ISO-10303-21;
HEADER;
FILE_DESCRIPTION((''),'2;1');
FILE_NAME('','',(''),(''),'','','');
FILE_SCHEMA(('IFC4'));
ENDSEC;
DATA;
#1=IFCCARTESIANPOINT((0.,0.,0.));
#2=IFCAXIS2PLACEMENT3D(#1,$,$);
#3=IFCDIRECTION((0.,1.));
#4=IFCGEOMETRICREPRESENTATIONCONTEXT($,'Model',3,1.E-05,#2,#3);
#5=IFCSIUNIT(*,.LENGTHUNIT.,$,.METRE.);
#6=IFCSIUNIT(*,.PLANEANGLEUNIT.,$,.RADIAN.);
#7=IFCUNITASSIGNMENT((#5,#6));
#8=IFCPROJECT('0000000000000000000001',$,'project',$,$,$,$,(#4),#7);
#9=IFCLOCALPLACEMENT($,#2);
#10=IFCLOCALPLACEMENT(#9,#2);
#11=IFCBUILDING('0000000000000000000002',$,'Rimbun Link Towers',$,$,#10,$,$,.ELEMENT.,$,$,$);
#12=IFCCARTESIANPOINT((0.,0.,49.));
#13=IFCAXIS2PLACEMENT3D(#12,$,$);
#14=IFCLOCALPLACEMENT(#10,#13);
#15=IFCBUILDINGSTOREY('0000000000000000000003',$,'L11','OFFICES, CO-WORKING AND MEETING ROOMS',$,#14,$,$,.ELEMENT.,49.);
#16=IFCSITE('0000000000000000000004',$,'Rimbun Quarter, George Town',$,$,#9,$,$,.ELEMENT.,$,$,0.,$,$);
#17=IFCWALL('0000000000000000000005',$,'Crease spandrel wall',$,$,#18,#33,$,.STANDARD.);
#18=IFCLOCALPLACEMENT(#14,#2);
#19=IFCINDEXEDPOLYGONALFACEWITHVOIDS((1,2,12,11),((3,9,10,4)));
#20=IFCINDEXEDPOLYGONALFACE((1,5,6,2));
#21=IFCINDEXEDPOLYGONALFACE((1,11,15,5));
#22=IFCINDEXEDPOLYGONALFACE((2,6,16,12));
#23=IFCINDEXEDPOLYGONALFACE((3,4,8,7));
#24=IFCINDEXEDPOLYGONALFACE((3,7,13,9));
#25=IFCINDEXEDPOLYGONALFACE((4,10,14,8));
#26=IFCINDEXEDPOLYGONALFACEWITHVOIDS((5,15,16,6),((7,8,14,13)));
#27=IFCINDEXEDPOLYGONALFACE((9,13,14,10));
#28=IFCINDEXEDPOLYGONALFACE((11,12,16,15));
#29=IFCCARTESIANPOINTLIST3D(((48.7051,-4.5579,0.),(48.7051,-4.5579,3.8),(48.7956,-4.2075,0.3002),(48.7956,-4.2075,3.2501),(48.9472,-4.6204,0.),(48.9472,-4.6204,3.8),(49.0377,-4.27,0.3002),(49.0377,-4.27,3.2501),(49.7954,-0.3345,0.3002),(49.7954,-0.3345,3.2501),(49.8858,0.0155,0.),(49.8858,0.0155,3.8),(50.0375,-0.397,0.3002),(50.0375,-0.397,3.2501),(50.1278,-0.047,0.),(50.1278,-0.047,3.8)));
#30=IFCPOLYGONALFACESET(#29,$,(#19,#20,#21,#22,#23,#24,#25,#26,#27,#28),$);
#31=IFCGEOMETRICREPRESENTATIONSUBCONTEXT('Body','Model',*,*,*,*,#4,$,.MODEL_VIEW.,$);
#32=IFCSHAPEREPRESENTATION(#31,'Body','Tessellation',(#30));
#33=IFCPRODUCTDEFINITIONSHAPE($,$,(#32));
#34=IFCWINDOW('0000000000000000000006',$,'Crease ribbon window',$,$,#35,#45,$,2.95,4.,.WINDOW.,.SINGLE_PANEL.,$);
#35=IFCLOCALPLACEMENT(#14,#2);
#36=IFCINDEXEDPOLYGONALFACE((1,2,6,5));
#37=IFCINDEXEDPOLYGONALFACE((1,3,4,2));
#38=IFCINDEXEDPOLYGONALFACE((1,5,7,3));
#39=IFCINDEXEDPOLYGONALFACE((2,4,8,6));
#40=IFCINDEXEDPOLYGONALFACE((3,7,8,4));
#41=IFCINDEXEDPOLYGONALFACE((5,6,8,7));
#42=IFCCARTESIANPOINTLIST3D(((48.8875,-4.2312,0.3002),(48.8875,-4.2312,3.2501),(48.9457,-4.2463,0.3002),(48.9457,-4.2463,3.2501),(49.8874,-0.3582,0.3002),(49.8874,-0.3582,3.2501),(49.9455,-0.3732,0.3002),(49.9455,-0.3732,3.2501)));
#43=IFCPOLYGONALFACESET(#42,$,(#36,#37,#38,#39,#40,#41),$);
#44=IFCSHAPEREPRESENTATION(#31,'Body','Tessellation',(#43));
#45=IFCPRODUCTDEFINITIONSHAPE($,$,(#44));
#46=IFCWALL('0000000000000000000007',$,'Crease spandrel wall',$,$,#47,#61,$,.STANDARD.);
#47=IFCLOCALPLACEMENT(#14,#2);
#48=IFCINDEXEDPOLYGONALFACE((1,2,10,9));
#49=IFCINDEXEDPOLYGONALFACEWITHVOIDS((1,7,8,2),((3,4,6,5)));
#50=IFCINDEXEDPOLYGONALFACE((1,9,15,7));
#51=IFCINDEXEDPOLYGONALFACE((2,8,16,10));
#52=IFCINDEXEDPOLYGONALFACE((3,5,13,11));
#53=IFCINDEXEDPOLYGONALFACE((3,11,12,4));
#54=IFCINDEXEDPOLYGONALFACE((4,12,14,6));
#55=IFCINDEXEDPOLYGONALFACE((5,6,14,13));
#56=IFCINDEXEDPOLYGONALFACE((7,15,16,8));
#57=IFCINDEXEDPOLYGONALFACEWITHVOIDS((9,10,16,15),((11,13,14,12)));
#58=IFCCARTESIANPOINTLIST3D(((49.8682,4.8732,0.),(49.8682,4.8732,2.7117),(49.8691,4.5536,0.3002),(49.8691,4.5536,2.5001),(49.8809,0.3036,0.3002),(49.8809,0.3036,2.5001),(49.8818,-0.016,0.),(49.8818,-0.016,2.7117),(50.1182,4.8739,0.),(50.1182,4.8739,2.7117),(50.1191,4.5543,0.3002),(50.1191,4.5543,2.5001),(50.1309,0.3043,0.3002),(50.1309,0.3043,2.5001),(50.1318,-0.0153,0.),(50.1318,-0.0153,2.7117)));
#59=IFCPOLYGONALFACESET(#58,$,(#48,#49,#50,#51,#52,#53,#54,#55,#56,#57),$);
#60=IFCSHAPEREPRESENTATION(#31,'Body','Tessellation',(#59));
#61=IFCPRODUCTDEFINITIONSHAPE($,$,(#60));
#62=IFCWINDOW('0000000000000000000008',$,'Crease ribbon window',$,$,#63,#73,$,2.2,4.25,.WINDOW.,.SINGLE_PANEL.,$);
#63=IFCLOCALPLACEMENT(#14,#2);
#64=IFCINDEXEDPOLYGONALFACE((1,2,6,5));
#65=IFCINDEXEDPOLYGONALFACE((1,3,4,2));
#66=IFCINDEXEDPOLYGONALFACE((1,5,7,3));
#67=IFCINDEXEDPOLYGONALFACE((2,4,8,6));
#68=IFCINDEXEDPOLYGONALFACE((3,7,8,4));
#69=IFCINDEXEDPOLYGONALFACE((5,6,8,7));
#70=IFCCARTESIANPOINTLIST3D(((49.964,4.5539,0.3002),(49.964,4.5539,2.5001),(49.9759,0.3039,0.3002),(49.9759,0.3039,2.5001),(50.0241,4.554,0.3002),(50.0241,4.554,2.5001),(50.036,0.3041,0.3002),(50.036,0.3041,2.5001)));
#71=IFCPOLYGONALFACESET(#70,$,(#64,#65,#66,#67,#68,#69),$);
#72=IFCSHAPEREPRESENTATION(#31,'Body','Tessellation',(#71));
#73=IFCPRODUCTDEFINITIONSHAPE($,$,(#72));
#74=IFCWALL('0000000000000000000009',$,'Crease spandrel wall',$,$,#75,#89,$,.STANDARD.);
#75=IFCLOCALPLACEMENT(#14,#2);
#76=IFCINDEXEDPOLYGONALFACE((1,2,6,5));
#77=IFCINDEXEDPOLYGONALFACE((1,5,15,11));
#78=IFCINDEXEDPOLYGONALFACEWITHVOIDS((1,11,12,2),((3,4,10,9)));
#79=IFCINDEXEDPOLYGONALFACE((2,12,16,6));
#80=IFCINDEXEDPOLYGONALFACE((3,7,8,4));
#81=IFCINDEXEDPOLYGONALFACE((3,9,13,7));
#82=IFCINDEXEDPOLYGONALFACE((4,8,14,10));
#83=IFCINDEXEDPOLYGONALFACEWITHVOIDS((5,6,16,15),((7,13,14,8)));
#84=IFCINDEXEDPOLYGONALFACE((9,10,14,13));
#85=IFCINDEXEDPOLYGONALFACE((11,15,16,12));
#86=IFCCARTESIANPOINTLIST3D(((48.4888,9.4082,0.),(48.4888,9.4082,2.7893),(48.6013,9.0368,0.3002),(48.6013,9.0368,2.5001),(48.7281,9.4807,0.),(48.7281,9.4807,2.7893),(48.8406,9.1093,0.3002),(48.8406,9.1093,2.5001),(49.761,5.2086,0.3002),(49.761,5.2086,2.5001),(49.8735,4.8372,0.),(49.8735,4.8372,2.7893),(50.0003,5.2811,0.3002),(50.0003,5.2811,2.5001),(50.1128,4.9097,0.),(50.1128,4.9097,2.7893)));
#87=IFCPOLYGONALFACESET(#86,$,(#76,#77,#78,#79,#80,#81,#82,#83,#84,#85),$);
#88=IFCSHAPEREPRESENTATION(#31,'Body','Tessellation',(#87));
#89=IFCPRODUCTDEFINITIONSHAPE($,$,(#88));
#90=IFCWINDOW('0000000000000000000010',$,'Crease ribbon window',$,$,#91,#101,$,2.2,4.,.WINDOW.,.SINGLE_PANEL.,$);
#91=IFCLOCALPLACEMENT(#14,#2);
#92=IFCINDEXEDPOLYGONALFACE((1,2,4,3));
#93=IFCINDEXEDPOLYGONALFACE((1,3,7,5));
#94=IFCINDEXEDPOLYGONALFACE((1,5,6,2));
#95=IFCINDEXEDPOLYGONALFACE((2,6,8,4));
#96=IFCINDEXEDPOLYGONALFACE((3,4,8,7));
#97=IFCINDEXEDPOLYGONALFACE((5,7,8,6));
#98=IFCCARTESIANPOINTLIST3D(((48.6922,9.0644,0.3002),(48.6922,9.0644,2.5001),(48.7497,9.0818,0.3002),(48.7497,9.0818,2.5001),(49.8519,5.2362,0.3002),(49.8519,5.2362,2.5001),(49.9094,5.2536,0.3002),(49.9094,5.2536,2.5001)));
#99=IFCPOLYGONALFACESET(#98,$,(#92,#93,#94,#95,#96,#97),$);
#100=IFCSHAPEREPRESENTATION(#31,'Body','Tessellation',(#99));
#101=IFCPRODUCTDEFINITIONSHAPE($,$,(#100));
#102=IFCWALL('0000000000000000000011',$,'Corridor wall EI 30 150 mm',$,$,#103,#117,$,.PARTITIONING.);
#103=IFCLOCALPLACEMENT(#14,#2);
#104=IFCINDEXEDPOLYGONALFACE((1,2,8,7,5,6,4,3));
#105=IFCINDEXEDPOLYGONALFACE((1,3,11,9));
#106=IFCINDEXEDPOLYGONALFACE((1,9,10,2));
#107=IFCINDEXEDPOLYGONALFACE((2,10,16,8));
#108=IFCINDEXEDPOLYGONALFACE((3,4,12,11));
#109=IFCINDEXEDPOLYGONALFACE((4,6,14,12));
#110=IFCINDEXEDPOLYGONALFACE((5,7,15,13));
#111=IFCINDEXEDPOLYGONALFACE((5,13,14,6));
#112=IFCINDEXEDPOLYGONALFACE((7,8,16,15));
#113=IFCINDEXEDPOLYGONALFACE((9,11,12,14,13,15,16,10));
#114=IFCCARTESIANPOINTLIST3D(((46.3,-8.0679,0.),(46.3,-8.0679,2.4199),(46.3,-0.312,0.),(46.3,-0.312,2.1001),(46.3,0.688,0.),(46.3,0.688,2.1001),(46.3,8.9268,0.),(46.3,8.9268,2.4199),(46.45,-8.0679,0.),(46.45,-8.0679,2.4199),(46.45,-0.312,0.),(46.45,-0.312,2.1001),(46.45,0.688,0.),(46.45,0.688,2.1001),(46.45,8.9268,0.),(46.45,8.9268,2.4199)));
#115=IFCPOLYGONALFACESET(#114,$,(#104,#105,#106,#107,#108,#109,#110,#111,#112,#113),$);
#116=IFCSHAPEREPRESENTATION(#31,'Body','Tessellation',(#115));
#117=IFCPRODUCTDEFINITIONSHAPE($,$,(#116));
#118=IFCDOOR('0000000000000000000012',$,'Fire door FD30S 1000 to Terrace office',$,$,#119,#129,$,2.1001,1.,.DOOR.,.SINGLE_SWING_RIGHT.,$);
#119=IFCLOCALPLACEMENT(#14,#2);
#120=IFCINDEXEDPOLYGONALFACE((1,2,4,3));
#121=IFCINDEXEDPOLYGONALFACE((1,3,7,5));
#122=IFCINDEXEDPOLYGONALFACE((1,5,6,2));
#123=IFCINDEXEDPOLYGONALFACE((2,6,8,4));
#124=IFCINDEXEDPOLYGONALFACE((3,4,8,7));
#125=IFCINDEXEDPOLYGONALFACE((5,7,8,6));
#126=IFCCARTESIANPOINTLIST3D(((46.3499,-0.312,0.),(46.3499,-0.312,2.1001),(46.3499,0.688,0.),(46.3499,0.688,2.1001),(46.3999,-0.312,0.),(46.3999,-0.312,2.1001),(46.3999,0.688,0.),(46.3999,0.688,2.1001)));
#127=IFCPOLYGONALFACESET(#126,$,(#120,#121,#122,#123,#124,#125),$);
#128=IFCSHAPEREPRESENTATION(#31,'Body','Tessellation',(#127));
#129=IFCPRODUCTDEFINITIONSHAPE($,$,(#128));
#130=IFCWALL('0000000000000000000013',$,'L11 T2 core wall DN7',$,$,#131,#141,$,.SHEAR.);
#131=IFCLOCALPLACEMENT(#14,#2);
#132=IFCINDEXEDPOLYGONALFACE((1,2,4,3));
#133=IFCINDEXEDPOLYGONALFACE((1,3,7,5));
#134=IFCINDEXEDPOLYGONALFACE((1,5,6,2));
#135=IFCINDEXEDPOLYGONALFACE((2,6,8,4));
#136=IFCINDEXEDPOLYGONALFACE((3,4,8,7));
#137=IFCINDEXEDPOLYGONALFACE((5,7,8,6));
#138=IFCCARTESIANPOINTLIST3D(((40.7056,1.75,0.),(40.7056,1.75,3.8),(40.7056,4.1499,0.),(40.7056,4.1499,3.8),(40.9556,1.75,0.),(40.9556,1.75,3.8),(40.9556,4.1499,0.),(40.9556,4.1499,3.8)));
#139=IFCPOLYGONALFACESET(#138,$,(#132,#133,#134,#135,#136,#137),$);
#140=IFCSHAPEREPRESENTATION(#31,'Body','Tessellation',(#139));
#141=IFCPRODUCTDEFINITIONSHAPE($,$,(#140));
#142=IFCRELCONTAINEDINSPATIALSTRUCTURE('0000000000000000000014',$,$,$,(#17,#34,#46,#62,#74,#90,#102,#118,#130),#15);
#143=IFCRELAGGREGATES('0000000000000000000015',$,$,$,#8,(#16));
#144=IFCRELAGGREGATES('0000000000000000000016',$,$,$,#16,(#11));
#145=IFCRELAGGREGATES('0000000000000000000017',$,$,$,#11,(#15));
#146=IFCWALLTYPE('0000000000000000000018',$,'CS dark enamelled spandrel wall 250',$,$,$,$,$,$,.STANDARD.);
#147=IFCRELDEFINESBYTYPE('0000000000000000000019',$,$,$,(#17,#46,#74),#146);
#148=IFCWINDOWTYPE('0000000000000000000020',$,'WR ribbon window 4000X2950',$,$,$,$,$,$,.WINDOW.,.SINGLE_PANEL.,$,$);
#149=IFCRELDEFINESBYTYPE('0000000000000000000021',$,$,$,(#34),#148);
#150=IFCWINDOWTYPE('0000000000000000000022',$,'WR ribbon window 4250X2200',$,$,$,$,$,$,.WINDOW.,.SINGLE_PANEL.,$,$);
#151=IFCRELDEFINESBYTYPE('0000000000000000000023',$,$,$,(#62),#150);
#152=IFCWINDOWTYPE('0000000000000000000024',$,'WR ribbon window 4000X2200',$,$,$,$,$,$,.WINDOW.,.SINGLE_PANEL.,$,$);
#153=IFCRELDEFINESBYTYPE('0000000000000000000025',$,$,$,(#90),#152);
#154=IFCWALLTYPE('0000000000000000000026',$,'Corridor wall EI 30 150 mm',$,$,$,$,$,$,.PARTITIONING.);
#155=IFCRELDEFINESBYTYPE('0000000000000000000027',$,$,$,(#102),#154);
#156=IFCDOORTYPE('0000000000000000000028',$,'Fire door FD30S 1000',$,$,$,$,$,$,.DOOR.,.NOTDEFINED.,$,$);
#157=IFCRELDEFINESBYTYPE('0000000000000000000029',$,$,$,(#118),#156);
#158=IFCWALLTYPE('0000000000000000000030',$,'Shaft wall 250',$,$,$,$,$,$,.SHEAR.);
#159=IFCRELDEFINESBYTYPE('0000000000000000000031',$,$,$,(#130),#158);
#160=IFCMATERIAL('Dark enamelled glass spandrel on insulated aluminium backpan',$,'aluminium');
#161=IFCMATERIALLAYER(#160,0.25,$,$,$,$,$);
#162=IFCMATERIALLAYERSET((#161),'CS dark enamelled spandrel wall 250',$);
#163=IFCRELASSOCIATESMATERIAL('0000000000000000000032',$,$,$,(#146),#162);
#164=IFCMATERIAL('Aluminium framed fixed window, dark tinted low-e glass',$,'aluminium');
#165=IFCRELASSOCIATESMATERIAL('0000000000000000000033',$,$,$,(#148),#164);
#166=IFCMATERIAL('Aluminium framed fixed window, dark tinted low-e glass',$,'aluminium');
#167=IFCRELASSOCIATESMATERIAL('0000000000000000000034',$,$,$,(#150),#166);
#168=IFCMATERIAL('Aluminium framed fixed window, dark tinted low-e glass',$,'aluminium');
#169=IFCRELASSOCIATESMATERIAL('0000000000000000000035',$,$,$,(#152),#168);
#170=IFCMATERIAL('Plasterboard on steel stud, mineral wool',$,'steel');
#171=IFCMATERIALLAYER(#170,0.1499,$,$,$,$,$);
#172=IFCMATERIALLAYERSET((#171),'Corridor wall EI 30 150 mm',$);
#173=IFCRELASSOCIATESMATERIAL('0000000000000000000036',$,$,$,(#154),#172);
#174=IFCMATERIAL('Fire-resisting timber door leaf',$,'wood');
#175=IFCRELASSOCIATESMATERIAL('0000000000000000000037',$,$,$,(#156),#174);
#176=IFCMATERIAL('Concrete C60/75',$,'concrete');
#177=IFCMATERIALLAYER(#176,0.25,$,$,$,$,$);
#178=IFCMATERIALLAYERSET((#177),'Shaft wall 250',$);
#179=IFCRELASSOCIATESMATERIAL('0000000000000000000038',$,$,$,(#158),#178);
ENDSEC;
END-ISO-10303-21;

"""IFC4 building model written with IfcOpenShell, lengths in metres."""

from ifc_helpers import new_model, si_unit, direction, frame, frame_2d, origin, place, context, subcontext, project, spatial, rectangle, extrude, material, layer, layer_set, type_object, element, fill, save


model = new_model("IFC4")

# Units and contexts
model_context = context("Model", 3, precision=1e-05, world=origin(), true_north=direction((0.0, 1.0)))
body_context = subcontext(model_context, "Body", "Model", "MODEL_VIEW")
ifc_project = project(units=[si_unit("LENGTHUNIT", "METRE"), si_unit("PLANEANGLEUNIT", "RADIAN")], contexts=[model_context])

# Site, building, storey
site_placement = place(None, origin())
site = spatial("IfcSite", under=ifc_project, at=site_placement, Name="Rimbun Quarter, George Town", CompositionType="ELEMENT", RefElevation=0.0)
building_placement = place(site_placement, origin())
building = spatial("IfcBuilding", under=site, at=building_placement, Name="Rimbun Link Towers", CompositionType="ELEMENT")
storey_placement = place(building_placement, frame((0.0, 0.0, 49.0)))
storey = spatial("IfcBuildingStorey", under=building, at=storey_placement, Name="L11", Description="OFFICES, CO-WORKING AND MEETING ROOMS", CompositionType="ELEMENT", Elevation=49.0)

# Walls, openings, windows
ifc_material_1 = material(Name="Dark enamelled glass spandrel on insulated aluminium backpan", Category="aluminium")
ifc_layer_1 = layer(ifc_material_1, 0.25)
ifc_layer_set_1 = layer_set([ifc_layer_1], Name="CS dark enamelled spandrel wall 250")
wall_type_1 = type_object("IfcWallType", Name="CS dark enamelled spandrel wall 250", PredefinedType="STANDARD", material=ifc_layer_set_1)
wall_1_placement = place(storey_placement, frame((50.0068, -0.0156, 0.0), z_axis=(0.0, 0.0, 1.0), x_axis=(-0.249959, -0.968256, 0.0)))
wall_1 = element("IfcWall", 1, at=wall_1_placement, inside=storey, type_object=wall_type_1, Name="Crease spandrel wall", PredefinedType="STANDARD", context=body_context, shape_type="SweptSolid", body=[
    extrude(rectangle(XDim=4.7234, YDim=0.25, at=frame_2d((2.3618, 0.0))), origin(), (0.0, 0.0, 1.0), 3.8),
])
opening_1_placement = place(wall_1_placement, frame((0.3616, 0.0, 0.3)))
opening_1 = element("IfcOpeningElement", 2, at=opening_1_placement, cuts=wall_1, PredefinedType="OPENING", context=body_context, shape_type="SweptSolid", body=[
    extrude(rectangle(XDim=4.0, YDim=2.95, at=frame_2d((2.0, 1.4751))), frame((0.0, 0.135, 0.0), z_axis=(0.0, -1.0, 0.0), x_axis=(1.0, 0.0, 0.0)), (0.0, 0.0, 1.0), 0.27),
])
ifc_material_2 = material(Name="Aluminium framed fixed window, dark tinted low-e glass", Category="aluminium")
window_type_1 = type_object("IfcWindowType", Name="WR ribbon window 4000X2950", PartitioningType="SINGLE_PANEL", PredefinedType="WINDOW", material=ifc_material_2)
window_1_placement = place(opening_1_placement, origin())
window_1 = element("IfcWindow", 3, at=window_1_placement, inside=storey, type_object=window_type_1, Name="Crease ribbon window", OverallHeight=2.95, OverallWidth=4.0, PartitioningType="SINGLE_PANEL", PredefinedType="WINDOW", context=body_context, shape_type="SweptSolid", body=[
    extrude(rectangle(XDim=4.0, YDim=2.95, at=frame_2d((2.0, 1.4751))), frame((0.0, 0.03, 0.0), z_axis=(0.0, -1.0, 0.0), x_axis=(1.0, 0.0, 0.0)), (0.0, 0.0, 1.0), 0.0601),
])
fill(opening_1, window_1)
wall_2_placement = place(storey_placement, frame((49.9932, 4.8735, 0.0), z_axis=(0.0, 0.0, 1.0), x_axis=(0.002796, -0.999996, 0.0)))
wall_2 = element("IfcWall", 4, at=wall_2_placement, inside=storey, type_object=wall_type_1, Name="Crease spandrel wall", PredefinedType="STANDARD", context=body_context, shape_type="SweptSolid", body=[
    extrude(rectangle(XDim=4.8892, YDim=0.25, at=frame_2d((2.4446, 0.0))), origin(), (0.0, 0.0, 1.0), 2.7117),
])
opening_2_placement = place(wall_2_placement, frame((0.3196, 0.0, 0.3)))
opening_2 = element("IfcOpeningElement", 5, at=opening_2_placement, cuts=wall_2, PredefinedType="OPENING", context=body_context, shape_type="SweptSolid", body=[
    extrude(rectangle(XDim=4.25, YDim=2.2, at=frame_2d((2.125, 1.1001))), frame((0.0, 0.135, 0.0), z_axis=(0.0, -1.0, 0.0), x_axis=(1.0, 0.0, 0.0)), (0.0, 0.0, 1.0), 0.27),
])
ifc_material_3 = material(Name="Aluminium framed fixed window, dark tinted low-e glass", Category="aluminium")
window_type_2 = type_object("IfcWindowType", Name="WR ribbon window 4250X2200", PartitioningType="SINGLE_PANEL", PredefinedType="WINDOW", material=ifc_material_3)
window_2_placement = place(opening_2_placement, origin())
window_2 = element("IfcWindow", 6, at=window_2_placement, inside=storey, type_object=window_type_2, Name="Crease ribbon window", OverallHeight=2.2, OverallWidth=4.25, PartitioningType="SINGLE_PANEL", PredefinedType="WINDOW", context=body_context, shape_type="SweptSolid", body=[
    extrude(rectangle(XDim=4.25, YDim=2.2, at=frame_2d((2.125, 1.1001))), frame((0.0, 0.03, 0.0), z_axis=(0.0, -1.0, 0.0), x_axis=(1.0, 0.0, 0.0)), (0.0, 0.0, 1.0), 0.0601),
])
fill(opening_2, window_2)
wall_3_placement = place(storey_placement, frame((48.6084, 9.4446, 0.0), z_axis=(0.0, 0.0, 1.0), x_axis=(0.289931, -0.957048, 0.0)))
wall_3 = element("IfcWall", 7, at=wall_3_placement, inside=storey, type_object=wall_type_1, Name="Crease spandrel wall", PredefinedType="STANDARD", context=body_context, shape_type="SweptSolid", body=[
    extrude(rectangle(XDim=4.7761, YDim=0.25, at=frame_2d((2.3882, 0.0))), origin(), (0.0, 0.0, 1.0), 2.7893),
])
opening_3_placement = place(wall_3_placement, frame((0.3882, 0.0, 0.3)))
opening_3 = element("IfcOpeningElement", 8, at=opening_3_placement, cuts=wall_3, PredefinedType="OPENING", context=body_context, shape_type="SweptSolid", body=[
    extrude(rectangle(XDim=4.0, YDim=2.2, at=frame_2d((2.0, 1.1001))), frame((0.0, 0.135, 0.0), z_axis=(0.0, -1.0, 0.0), x_axis=(1.0, 0.0, 0.0)), (0.0, 0.0, 1.0), 0.27),
])
ifc_material_4 = material(Name="Aluminium framed fixed window, dark tinted low-e glass", Category="aluminium")
window_type_3 = type_object("IfcWindowType", Name="WR ribbon window 4000X2200", PartitioningType="SINGLE_PANEL", PredefinedType="WINDOW", material=ifc_material_4)
window_3_placement = place(opening_3_placement, origin())
window_3 = element("IfcWindow", 9, at=window_3_placement, inside=storey, type_object=window_type_3, Name="Crease ribbon window", OverallHeight=2.2, OverallWidth=4.0, PartitioningType="SINGLE_PANEL", PredefinedType="WINDOW", context=body_context, shape_type="SweptSolid", body=[
    extrude(rectangle(XDim=4.0, YDim=2.2, at=frame_2d((2.0, 1.1001))), frame((0.0, 0.03, 0.0), z_axis=(0.0, -1.0, 0.0), x_axis=(1.0, 0.0, 0.0)), (0.0, 0.0, 1.0), 0.0601),
])
fill(opening_3, window_3)

# Wall, opening, door
ifc_material_5 = material(Name="Plasterboard on steel stud, mineral wool", Category="steel")
ifc_layer_2 = layer(ifc_material_5, 0.1499)
ifc_layer_set_2 = layer_set([ifc_layer_2], Name="Corridor wall EI 30 150 mm")
wall_type_2 = type_object("IfcWallType", Name="Corridor wall EI 30 150 mm", PredefinedType="PARTITIONING", material=ifc_layer_set_2)
wall_4_placement = place(storey_placement, frame((46.375, 8.9268, 0.0), z_axis=(0.0, 0.0, 1.0), x_axis=(0.0, -1.0, 0.0)))
wall_4 = element("IfcWall", 10, at=wall_4_placement, inside=storey, type_object=wall_type_2, Name="Corridor wall EI 30 150 mm", PredefinedType="PARTITIONING", context=body_context, shape_type="SweptSolid", body=[
    extrude(rectangle(XDim=16.9946, YDim=0.1499, at=frame_2d((8.4973, 0.0))), origin(), (0.0, 0.0, 1.0), 2.4199),
])
opening_4_placement = place(wall_4_placement, frame((8.2388, 0.0, 0.0)))
opening_4 = element("IfcOpeningElement", 11, at=opening_4_placement, cuts=wall_4, PredefinedType="OPENING", context=body_context, shape_type="SweptSolid", body=[
    extrude(rectangle(XDim=1.0, YDim=2.1001, at=frame_2d((0.5, 1.05))), frame((0.0, 0.085, 0.0), z_axis=(0.0, -1.0, 0.0), x_axis=(1.0, 0.0, 0.0)), (0.0, 0.0, 1.0), 0.1699),
])
ifc_material_6 = material(Name="Fire-resisting timber door leaf", Category="wood")
door_type_1 = type_object("IfcDoorType", Name="Fire door FD30S 1000", OperationType="NOTDEFINED", PredefinedType="DOOR", material=ifc_material_6)
door_1_placement = place(opening_4_placement, origin())
door_1 = element("IfcDoor", 12, at=door_1_placement, inside=storey, type_object=door_type_1, Name="Fire door FD30S 1000 to Terrace office", OperationType="SINGLE_SWING_RIGHT", OverallHeight=2.1001, OverallWidth=1.0, PredefinedType="DOOR", context=body_context, shape_type="SweptSolid", body=[
    extrude(rectangle(XDim=1.0, YDim=2.1001, at=frame_2d((0.5, 1.05))), frame((0.0, 0.0249, 0.0), z_axis=(0.0, -1.0, 0.0), x_axis=(1.0, 0.0, 0.0)), (0.0, 0.0, 1.0), 0.05),
])
fill(opening_4, door_1)

# Wall
ifc_material_7 = material(Name="Concrete C60/75", Category="concrete")
ifc_layer_3 = layer(ifc_material_7, 0.25)
ifc_layer_set_3 = layer_set([ifc_layer_3], Name="Shaft wall 250")
wall_type_3 = type_object("IfcWallType", Name="Shaft wall 250", PredefinedType="SHEAR", material=ifc_layer_set_3)
wall_5_placement = place(storey_placement, frame((40.8306, 1.75, 0.0), z_axis=(0.0, 0.0, 1.0), x_axis=(0.0, 1.0, 0.0)))
element("IfcWall", 13, at=wall_5_placement, inside=storey, type_object=wall_type_3, Name="L11 T2 core wall DN7", PredefinedType="SHEAR", context=body_context, shape_type="SweptSolid", body=[
    extrude(rectangle(XDim=2.3999, YDim=0.25, at=frame_2d((1.2, 0.0))), origin(), (0.0, 0.0, 1.0), 3.8),
])

save(model, "model.ifc")
